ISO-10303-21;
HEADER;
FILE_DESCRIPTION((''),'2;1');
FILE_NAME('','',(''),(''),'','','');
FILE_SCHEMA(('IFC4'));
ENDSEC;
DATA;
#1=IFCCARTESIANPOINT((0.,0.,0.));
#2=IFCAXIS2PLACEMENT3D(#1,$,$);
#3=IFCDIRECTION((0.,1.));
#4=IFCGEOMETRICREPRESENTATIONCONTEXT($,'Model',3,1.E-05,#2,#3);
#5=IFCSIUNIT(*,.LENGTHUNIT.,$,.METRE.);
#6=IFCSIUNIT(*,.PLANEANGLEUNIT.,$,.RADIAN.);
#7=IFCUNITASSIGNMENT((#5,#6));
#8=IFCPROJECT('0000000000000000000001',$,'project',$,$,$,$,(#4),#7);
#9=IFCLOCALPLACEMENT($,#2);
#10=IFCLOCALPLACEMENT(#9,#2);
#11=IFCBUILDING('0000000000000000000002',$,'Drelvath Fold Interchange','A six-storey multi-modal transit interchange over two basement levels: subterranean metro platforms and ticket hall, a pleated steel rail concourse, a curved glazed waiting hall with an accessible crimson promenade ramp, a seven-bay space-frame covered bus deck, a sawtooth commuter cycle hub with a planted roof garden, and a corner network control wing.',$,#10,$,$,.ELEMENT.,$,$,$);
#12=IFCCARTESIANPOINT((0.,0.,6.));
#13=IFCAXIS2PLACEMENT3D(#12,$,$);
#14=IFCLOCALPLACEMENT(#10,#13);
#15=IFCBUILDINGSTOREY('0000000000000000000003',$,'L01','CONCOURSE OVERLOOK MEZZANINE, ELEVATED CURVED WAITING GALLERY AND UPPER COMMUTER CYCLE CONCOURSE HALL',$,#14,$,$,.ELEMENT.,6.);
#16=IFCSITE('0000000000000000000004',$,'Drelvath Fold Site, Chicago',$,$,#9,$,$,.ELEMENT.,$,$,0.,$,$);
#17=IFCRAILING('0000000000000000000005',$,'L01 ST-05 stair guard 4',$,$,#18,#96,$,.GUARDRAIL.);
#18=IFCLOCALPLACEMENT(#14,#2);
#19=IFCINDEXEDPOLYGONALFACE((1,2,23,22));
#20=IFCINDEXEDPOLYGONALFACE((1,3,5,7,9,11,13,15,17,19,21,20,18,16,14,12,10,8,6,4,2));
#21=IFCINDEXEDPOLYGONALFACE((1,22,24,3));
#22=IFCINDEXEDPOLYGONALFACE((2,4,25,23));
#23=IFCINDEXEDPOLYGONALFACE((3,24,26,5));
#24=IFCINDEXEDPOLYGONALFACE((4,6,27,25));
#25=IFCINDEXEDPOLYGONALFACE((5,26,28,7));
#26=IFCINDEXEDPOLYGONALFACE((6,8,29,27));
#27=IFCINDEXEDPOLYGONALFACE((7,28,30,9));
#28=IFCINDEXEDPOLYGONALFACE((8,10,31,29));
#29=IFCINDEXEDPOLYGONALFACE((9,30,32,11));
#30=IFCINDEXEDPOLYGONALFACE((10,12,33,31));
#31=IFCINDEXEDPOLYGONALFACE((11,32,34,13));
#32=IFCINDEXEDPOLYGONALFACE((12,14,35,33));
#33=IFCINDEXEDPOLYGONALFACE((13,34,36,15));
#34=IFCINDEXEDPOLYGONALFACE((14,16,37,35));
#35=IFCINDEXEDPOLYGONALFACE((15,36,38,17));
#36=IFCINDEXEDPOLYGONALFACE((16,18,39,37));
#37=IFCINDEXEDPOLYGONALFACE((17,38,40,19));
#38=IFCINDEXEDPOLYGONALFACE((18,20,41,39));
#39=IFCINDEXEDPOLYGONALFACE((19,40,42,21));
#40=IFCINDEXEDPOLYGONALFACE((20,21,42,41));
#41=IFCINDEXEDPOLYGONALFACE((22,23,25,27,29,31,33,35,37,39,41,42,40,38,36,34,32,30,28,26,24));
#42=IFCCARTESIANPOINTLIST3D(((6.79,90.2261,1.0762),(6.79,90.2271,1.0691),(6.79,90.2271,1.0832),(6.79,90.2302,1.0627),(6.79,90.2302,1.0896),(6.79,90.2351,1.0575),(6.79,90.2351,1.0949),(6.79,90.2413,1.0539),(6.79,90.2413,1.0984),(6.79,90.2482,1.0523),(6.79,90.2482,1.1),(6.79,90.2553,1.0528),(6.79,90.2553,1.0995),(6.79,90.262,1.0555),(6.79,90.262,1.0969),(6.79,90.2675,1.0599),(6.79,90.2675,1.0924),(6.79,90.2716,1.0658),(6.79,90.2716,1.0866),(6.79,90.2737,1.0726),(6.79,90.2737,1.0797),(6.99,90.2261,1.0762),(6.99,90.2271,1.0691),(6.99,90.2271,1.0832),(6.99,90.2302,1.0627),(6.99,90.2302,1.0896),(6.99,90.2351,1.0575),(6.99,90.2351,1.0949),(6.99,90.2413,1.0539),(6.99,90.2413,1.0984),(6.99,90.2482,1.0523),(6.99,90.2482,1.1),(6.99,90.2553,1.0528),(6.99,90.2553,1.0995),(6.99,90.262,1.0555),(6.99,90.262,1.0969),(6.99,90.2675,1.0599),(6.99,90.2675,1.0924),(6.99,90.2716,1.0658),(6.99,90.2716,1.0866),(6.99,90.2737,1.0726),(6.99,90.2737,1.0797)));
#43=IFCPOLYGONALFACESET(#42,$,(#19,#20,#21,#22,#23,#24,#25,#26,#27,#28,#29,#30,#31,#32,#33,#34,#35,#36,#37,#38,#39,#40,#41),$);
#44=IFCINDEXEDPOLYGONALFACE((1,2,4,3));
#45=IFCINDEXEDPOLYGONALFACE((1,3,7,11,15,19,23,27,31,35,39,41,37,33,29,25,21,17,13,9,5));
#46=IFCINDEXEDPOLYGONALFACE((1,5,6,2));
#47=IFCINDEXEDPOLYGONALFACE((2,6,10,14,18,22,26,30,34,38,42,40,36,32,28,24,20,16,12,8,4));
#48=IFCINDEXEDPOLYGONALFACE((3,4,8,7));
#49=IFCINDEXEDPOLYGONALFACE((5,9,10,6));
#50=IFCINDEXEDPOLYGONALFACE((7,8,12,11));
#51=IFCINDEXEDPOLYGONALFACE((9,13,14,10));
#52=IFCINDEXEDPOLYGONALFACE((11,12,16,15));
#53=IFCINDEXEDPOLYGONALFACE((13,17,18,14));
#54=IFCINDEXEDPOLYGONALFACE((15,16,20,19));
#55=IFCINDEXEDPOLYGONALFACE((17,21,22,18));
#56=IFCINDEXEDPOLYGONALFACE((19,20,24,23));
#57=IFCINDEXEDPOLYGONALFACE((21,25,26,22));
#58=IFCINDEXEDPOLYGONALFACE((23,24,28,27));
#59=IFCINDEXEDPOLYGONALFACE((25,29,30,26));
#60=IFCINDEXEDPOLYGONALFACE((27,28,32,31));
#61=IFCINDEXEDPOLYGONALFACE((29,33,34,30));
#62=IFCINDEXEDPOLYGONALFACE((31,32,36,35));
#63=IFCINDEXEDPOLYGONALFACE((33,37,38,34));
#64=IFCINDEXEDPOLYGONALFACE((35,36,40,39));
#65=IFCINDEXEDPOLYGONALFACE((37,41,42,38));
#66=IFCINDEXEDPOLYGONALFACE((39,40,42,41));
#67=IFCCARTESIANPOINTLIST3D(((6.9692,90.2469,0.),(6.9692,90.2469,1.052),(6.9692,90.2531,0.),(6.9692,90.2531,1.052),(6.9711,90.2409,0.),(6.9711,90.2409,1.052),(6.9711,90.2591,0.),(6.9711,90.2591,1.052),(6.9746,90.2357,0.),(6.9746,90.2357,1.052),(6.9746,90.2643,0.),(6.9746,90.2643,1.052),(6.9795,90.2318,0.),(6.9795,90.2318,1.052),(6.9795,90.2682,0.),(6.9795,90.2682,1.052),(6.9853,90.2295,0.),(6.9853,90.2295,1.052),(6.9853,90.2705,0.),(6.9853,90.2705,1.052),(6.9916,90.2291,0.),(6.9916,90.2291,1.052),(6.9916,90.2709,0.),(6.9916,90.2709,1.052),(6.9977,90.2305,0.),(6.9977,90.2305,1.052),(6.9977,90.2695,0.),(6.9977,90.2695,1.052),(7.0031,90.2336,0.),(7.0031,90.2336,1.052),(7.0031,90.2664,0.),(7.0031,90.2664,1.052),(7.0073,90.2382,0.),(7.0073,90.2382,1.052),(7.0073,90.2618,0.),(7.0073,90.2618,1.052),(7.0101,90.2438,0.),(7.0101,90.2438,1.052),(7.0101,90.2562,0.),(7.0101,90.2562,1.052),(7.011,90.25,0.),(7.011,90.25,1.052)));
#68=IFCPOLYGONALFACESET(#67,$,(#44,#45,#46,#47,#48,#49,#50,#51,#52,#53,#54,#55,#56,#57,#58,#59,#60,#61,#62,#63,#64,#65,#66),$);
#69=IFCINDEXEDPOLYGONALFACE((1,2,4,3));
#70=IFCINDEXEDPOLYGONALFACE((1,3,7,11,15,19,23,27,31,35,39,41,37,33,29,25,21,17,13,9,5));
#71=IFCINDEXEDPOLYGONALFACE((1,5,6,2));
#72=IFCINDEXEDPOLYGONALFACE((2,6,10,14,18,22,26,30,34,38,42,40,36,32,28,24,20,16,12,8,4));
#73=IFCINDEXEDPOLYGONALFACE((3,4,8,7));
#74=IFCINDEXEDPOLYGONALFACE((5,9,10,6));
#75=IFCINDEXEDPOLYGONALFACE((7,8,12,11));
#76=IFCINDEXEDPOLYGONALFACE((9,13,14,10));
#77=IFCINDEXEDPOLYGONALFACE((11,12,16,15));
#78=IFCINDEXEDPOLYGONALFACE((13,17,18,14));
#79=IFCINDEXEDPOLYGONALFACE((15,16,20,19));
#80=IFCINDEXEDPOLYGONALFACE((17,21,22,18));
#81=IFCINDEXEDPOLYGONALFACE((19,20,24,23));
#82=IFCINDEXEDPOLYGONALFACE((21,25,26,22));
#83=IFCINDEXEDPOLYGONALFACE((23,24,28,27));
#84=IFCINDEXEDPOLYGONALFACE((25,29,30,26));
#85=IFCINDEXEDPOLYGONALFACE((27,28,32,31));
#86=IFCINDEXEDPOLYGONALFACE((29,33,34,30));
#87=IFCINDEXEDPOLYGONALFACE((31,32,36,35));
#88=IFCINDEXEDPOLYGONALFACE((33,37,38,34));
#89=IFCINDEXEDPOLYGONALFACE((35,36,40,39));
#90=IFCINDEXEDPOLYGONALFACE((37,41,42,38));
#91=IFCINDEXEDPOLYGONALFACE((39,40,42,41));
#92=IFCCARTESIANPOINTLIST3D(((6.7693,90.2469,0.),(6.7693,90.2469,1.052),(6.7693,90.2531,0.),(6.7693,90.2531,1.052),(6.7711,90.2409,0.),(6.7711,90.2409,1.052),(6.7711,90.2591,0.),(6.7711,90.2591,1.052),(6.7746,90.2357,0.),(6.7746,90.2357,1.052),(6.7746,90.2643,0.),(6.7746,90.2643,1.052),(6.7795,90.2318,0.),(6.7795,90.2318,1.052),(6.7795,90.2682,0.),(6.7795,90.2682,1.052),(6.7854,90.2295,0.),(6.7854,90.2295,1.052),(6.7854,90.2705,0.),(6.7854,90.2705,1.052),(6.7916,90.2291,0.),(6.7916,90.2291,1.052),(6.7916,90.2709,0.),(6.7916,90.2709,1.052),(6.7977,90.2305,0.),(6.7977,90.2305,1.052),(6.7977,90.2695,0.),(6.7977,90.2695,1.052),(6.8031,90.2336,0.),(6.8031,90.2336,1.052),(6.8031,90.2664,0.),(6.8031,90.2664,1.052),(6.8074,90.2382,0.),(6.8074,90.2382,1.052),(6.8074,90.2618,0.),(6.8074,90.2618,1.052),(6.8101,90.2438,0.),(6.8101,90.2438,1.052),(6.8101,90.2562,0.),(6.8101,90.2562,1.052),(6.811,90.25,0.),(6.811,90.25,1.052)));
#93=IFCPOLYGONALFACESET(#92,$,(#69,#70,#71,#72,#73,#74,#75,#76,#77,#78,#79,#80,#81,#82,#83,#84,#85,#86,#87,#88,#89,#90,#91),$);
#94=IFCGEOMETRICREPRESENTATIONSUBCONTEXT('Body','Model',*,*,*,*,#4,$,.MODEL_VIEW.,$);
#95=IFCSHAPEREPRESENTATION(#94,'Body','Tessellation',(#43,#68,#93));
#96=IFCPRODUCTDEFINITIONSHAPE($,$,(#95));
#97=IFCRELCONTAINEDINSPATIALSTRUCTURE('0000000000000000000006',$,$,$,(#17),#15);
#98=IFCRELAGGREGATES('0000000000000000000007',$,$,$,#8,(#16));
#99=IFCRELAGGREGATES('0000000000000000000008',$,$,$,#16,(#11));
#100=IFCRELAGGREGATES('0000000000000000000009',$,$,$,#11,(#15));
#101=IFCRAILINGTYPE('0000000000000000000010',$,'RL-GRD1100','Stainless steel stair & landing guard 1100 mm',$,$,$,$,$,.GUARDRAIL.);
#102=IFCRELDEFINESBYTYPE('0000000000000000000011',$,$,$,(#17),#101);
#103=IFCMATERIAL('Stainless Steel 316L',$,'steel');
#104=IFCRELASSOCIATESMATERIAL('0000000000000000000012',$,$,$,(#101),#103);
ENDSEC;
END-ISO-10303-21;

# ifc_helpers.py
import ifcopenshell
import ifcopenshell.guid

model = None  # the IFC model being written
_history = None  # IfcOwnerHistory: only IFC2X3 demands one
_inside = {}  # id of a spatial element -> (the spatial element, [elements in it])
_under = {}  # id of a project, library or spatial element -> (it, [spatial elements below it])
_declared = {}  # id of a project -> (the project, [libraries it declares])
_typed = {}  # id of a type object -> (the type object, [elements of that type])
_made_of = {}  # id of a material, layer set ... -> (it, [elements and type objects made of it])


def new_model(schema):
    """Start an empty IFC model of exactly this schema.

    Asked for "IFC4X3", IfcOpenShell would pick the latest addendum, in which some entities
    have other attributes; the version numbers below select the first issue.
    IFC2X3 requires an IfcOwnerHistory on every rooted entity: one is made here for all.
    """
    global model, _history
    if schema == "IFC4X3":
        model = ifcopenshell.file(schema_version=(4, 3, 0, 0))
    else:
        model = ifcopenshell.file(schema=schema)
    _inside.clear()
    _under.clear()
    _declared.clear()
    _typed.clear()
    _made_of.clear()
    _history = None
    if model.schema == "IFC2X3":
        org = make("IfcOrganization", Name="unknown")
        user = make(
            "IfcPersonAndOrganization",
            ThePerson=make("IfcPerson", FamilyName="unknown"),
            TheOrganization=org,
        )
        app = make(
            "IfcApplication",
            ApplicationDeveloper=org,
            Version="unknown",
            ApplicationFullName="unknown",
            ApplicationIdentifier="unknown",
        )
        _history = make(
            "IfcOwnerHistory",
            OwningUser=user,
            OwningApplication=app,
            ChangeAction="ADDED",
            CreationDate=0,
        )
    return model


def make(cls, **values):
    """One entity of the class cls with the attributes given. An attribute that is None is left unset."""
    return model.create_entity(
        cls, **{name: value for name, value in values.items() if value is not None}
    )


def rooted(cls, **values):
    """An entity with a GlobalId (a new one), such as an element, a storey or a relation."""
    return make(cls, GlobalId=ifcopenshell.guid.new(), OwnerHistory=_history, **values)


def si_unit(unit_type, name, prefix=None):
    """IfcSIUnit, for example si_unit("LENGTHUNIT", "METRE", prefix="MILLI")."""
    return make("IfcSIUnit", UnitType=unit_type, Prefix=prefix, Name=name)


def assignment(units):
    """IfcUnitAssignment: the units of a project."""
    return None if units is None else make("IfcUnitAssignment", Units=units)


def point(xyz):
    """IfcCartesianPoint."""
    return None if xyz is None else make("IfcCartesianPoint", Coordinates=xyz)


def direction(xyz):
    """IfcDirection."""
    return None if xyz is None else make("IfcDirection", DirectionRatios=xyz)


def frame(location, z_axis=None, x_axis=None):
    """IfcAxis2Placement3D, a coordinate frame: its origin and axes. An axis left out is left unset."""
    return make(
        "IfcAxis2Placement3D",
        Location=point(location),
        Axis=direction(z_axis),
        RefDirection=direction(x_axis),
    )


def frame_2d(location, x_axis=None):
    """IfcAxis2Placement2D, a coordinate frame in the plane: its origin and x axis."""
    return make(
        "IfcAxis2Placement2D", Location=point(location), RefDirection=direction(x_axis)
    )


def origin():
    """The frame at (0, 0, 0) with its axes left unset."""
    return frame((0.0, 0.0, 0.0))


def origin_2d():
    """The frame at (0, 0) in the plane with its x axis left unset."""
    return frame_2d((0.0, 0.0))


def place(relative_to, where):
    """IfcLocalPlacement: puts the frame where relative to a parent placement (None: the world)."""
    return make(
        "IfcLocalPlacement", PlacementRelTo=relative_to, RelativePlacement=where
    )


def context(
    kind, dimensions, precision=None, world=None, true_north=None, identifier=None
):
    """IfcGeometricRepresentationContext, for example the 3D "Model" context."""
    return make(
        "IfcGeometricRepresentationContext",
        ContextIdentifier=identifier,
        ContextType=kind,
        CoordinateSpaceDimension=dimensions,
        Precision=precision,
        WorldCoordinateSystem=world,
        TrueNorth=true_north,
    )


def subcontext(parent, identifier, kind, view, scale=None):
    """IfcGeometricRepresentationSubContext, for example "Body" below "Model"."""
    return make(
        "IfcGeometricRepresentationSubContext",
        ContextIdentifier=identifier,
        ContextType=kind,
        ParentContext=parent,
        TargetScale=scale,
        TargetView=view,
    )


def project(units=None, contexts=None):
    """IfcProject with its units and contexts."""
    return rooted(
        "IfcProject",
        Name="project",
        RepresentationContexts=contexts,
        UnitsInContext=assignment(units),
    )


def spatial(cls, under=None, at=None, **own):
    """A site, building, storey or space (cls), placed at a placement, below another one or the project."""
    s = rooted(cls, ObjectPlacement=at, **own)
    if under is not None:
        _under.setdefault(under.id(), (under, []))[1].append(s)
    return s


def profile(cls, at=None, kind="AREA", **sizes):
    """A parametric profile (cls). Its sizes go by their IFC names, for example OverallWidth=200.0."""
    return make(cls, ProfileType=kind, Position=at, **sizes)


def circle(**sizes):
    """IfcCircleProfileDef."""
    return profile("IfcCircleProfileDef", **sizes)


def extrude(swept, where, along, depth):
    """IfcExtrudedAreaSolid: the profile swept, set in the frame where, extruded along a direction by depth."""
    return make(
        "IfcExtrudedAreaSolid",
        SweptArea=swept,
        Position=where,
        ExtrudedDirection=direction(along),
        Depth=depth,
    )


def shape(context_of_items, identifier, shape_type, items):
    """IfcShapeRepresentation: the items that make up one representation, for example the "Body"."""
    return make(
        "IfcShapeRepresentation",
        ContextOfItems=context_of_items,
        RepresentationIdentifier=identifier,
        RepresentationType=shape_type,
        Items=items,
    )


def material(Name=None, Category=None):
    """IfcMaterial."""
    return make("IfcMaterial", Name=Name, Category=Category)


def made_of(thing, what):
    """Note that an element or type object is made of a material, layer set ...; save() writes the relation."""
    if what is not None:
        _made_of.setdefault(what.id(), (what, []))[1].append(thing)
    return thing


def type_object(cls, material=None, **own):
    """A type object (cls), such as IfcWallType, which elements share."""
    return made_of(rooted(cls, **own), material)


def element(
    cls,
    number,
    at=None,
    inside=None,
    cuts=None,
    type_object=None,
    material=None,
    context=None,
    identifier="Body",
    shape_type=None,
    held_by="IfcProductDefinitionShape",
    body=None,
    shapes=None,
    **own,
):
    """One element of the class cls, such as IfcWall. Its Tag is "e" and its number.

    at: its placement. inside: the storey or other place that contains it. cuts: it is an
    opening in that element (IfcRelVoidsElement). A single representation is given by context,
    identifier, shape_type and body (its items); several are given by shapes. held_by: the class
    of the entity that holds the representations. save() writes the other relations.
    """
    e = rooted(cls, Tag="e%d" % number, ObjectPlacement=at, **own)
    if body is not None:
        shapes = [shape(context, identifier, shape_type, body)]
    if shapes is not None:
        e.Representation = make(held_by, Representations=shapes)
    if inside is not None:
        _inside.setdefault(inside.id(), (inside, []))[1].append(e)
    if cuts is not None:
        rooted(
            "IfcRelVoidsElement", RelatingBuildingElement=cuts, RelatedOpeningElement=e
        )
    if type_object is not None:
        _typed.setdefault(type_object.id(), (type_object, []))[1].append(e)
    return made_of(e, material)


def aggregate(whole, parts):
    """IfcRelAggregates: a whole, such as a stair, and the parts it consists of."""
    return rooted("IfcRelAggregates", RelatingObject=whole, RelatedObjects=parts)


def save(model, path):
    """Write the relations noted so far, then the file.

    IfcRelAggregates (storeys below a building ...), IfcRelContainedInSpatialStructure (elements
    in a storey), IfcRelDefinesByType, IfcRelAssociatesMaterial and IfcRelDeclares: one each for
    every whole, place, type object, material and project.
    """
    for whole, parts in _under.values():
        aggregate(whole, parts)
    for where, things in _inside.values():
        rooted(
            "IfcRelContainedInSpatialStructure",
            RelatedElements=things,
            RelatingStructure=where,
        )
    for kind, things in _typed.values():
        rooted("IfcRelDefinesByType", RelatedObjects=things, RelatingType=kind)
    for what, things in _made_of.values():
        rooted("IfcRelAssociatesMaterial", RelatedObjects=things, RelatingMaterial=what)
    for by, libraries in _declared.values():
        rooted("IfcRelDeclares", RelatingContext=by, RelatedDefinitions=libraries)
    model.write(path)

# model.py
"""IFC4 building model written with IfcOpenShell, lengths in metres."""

from ifc_helpers import new_model, si_unit, direction, frame, origin, origin_2d, place, context, subcontext, project, spatial, circle, extrude, material, type_object, element, save


model = new_model("IFC4")

# Units and contexts
model_context = context("Model", 3, precision=1e-05, world=origin(), true_north=direction((0.0, 1.0)))
body_context = subcontext(model_context, "Body", "Model", "MODEL_VIEW")
ifc_project = project(units=[si_unit("LENGTHUNIT", "METRE"), si_unit("PLANEANGLEUNIT", "RADIAN")], contexts=[model_context])

# Site, building, storey
site_placement = place(None, origin())
site = spatial("IfcSite", under=ifc_project, at=site_placement, Name="Drelvath Fold Site, Chicago", CompositionType="ELEMENT", RefElevation=0.0)
building_placement = place(site_placement, origin())
building = spatial("IfcBuilding", under=site, at=building_placement, Name="Drelvath Fold Interchange", Description="A six-storey multi-modal transit interchange over two basement levels: subterranean metro platforms and ticket hall, a pleated steel rail concourse, a curved glazed waiting hall with an accessible crimson promenade ramp, a seven-bay space-frame covered bus deck, a sawtooth commuter cycle hub with a planted roof garden, and a corner network control wing.", CompositionType="ELEMENT")
storey_placement = place(building_placement, frame((0.0, 0.0, 6.0)))
storey = spatial("IfcBuildingStorey", under=building, at=storey_placement, Name="L01", Description="CONCOURSE OVERLOOK MEZZANINE, ELEVATED CURVED WAITING GALLERY AND UPPER COMMUTER CYCLE CONCOURSE HALL", CompositionType="ELEMENT", Elevation=6.0)

# Railing
ifc_material_1 = material(Name="Stainless Steel 316L", Category="steel")
railing_type_1 = type_object("IfcRailingType", Name="RL-GRD1100", Description="Stainless steel stair & landing guard 1100 mm", PredefinedType="GUARDRAIL", material=ifc_material_1)
railing_1_placement = place(storey_placement, frame((6.99, 90.25, 0.0)))
element("IfcRailing", 1, at=railing_1_placement, inside=storey, type_object=railing_type_1, Name="L01 ST-05 stair guard 4", PredefinedType="GUARDRAIL", context=body_context, shape_type="SweptSolid", body=[
    extrude(circle(Radius=0.0239, at=origin_2d()), frame((0.0, 0.0, 1.0762), z_axis=(-1.0, 0.0, 0.0), x_axis=(0.0, -1.0, 0.0)), (0.0, 0.0, 1.0), 0.2),
    extrude(circle(Radius=0.021, at=origin_2d()), origin(), (0.0, 0.0, 1.0), 1.052),
    extrude(circle(Radius=0.021, at=origin_2d()), frame((-0.2, 0.0, 0.0)), (0.0, 0.0, 1.0), 1.052),
])

save(model, "model.ifc")
